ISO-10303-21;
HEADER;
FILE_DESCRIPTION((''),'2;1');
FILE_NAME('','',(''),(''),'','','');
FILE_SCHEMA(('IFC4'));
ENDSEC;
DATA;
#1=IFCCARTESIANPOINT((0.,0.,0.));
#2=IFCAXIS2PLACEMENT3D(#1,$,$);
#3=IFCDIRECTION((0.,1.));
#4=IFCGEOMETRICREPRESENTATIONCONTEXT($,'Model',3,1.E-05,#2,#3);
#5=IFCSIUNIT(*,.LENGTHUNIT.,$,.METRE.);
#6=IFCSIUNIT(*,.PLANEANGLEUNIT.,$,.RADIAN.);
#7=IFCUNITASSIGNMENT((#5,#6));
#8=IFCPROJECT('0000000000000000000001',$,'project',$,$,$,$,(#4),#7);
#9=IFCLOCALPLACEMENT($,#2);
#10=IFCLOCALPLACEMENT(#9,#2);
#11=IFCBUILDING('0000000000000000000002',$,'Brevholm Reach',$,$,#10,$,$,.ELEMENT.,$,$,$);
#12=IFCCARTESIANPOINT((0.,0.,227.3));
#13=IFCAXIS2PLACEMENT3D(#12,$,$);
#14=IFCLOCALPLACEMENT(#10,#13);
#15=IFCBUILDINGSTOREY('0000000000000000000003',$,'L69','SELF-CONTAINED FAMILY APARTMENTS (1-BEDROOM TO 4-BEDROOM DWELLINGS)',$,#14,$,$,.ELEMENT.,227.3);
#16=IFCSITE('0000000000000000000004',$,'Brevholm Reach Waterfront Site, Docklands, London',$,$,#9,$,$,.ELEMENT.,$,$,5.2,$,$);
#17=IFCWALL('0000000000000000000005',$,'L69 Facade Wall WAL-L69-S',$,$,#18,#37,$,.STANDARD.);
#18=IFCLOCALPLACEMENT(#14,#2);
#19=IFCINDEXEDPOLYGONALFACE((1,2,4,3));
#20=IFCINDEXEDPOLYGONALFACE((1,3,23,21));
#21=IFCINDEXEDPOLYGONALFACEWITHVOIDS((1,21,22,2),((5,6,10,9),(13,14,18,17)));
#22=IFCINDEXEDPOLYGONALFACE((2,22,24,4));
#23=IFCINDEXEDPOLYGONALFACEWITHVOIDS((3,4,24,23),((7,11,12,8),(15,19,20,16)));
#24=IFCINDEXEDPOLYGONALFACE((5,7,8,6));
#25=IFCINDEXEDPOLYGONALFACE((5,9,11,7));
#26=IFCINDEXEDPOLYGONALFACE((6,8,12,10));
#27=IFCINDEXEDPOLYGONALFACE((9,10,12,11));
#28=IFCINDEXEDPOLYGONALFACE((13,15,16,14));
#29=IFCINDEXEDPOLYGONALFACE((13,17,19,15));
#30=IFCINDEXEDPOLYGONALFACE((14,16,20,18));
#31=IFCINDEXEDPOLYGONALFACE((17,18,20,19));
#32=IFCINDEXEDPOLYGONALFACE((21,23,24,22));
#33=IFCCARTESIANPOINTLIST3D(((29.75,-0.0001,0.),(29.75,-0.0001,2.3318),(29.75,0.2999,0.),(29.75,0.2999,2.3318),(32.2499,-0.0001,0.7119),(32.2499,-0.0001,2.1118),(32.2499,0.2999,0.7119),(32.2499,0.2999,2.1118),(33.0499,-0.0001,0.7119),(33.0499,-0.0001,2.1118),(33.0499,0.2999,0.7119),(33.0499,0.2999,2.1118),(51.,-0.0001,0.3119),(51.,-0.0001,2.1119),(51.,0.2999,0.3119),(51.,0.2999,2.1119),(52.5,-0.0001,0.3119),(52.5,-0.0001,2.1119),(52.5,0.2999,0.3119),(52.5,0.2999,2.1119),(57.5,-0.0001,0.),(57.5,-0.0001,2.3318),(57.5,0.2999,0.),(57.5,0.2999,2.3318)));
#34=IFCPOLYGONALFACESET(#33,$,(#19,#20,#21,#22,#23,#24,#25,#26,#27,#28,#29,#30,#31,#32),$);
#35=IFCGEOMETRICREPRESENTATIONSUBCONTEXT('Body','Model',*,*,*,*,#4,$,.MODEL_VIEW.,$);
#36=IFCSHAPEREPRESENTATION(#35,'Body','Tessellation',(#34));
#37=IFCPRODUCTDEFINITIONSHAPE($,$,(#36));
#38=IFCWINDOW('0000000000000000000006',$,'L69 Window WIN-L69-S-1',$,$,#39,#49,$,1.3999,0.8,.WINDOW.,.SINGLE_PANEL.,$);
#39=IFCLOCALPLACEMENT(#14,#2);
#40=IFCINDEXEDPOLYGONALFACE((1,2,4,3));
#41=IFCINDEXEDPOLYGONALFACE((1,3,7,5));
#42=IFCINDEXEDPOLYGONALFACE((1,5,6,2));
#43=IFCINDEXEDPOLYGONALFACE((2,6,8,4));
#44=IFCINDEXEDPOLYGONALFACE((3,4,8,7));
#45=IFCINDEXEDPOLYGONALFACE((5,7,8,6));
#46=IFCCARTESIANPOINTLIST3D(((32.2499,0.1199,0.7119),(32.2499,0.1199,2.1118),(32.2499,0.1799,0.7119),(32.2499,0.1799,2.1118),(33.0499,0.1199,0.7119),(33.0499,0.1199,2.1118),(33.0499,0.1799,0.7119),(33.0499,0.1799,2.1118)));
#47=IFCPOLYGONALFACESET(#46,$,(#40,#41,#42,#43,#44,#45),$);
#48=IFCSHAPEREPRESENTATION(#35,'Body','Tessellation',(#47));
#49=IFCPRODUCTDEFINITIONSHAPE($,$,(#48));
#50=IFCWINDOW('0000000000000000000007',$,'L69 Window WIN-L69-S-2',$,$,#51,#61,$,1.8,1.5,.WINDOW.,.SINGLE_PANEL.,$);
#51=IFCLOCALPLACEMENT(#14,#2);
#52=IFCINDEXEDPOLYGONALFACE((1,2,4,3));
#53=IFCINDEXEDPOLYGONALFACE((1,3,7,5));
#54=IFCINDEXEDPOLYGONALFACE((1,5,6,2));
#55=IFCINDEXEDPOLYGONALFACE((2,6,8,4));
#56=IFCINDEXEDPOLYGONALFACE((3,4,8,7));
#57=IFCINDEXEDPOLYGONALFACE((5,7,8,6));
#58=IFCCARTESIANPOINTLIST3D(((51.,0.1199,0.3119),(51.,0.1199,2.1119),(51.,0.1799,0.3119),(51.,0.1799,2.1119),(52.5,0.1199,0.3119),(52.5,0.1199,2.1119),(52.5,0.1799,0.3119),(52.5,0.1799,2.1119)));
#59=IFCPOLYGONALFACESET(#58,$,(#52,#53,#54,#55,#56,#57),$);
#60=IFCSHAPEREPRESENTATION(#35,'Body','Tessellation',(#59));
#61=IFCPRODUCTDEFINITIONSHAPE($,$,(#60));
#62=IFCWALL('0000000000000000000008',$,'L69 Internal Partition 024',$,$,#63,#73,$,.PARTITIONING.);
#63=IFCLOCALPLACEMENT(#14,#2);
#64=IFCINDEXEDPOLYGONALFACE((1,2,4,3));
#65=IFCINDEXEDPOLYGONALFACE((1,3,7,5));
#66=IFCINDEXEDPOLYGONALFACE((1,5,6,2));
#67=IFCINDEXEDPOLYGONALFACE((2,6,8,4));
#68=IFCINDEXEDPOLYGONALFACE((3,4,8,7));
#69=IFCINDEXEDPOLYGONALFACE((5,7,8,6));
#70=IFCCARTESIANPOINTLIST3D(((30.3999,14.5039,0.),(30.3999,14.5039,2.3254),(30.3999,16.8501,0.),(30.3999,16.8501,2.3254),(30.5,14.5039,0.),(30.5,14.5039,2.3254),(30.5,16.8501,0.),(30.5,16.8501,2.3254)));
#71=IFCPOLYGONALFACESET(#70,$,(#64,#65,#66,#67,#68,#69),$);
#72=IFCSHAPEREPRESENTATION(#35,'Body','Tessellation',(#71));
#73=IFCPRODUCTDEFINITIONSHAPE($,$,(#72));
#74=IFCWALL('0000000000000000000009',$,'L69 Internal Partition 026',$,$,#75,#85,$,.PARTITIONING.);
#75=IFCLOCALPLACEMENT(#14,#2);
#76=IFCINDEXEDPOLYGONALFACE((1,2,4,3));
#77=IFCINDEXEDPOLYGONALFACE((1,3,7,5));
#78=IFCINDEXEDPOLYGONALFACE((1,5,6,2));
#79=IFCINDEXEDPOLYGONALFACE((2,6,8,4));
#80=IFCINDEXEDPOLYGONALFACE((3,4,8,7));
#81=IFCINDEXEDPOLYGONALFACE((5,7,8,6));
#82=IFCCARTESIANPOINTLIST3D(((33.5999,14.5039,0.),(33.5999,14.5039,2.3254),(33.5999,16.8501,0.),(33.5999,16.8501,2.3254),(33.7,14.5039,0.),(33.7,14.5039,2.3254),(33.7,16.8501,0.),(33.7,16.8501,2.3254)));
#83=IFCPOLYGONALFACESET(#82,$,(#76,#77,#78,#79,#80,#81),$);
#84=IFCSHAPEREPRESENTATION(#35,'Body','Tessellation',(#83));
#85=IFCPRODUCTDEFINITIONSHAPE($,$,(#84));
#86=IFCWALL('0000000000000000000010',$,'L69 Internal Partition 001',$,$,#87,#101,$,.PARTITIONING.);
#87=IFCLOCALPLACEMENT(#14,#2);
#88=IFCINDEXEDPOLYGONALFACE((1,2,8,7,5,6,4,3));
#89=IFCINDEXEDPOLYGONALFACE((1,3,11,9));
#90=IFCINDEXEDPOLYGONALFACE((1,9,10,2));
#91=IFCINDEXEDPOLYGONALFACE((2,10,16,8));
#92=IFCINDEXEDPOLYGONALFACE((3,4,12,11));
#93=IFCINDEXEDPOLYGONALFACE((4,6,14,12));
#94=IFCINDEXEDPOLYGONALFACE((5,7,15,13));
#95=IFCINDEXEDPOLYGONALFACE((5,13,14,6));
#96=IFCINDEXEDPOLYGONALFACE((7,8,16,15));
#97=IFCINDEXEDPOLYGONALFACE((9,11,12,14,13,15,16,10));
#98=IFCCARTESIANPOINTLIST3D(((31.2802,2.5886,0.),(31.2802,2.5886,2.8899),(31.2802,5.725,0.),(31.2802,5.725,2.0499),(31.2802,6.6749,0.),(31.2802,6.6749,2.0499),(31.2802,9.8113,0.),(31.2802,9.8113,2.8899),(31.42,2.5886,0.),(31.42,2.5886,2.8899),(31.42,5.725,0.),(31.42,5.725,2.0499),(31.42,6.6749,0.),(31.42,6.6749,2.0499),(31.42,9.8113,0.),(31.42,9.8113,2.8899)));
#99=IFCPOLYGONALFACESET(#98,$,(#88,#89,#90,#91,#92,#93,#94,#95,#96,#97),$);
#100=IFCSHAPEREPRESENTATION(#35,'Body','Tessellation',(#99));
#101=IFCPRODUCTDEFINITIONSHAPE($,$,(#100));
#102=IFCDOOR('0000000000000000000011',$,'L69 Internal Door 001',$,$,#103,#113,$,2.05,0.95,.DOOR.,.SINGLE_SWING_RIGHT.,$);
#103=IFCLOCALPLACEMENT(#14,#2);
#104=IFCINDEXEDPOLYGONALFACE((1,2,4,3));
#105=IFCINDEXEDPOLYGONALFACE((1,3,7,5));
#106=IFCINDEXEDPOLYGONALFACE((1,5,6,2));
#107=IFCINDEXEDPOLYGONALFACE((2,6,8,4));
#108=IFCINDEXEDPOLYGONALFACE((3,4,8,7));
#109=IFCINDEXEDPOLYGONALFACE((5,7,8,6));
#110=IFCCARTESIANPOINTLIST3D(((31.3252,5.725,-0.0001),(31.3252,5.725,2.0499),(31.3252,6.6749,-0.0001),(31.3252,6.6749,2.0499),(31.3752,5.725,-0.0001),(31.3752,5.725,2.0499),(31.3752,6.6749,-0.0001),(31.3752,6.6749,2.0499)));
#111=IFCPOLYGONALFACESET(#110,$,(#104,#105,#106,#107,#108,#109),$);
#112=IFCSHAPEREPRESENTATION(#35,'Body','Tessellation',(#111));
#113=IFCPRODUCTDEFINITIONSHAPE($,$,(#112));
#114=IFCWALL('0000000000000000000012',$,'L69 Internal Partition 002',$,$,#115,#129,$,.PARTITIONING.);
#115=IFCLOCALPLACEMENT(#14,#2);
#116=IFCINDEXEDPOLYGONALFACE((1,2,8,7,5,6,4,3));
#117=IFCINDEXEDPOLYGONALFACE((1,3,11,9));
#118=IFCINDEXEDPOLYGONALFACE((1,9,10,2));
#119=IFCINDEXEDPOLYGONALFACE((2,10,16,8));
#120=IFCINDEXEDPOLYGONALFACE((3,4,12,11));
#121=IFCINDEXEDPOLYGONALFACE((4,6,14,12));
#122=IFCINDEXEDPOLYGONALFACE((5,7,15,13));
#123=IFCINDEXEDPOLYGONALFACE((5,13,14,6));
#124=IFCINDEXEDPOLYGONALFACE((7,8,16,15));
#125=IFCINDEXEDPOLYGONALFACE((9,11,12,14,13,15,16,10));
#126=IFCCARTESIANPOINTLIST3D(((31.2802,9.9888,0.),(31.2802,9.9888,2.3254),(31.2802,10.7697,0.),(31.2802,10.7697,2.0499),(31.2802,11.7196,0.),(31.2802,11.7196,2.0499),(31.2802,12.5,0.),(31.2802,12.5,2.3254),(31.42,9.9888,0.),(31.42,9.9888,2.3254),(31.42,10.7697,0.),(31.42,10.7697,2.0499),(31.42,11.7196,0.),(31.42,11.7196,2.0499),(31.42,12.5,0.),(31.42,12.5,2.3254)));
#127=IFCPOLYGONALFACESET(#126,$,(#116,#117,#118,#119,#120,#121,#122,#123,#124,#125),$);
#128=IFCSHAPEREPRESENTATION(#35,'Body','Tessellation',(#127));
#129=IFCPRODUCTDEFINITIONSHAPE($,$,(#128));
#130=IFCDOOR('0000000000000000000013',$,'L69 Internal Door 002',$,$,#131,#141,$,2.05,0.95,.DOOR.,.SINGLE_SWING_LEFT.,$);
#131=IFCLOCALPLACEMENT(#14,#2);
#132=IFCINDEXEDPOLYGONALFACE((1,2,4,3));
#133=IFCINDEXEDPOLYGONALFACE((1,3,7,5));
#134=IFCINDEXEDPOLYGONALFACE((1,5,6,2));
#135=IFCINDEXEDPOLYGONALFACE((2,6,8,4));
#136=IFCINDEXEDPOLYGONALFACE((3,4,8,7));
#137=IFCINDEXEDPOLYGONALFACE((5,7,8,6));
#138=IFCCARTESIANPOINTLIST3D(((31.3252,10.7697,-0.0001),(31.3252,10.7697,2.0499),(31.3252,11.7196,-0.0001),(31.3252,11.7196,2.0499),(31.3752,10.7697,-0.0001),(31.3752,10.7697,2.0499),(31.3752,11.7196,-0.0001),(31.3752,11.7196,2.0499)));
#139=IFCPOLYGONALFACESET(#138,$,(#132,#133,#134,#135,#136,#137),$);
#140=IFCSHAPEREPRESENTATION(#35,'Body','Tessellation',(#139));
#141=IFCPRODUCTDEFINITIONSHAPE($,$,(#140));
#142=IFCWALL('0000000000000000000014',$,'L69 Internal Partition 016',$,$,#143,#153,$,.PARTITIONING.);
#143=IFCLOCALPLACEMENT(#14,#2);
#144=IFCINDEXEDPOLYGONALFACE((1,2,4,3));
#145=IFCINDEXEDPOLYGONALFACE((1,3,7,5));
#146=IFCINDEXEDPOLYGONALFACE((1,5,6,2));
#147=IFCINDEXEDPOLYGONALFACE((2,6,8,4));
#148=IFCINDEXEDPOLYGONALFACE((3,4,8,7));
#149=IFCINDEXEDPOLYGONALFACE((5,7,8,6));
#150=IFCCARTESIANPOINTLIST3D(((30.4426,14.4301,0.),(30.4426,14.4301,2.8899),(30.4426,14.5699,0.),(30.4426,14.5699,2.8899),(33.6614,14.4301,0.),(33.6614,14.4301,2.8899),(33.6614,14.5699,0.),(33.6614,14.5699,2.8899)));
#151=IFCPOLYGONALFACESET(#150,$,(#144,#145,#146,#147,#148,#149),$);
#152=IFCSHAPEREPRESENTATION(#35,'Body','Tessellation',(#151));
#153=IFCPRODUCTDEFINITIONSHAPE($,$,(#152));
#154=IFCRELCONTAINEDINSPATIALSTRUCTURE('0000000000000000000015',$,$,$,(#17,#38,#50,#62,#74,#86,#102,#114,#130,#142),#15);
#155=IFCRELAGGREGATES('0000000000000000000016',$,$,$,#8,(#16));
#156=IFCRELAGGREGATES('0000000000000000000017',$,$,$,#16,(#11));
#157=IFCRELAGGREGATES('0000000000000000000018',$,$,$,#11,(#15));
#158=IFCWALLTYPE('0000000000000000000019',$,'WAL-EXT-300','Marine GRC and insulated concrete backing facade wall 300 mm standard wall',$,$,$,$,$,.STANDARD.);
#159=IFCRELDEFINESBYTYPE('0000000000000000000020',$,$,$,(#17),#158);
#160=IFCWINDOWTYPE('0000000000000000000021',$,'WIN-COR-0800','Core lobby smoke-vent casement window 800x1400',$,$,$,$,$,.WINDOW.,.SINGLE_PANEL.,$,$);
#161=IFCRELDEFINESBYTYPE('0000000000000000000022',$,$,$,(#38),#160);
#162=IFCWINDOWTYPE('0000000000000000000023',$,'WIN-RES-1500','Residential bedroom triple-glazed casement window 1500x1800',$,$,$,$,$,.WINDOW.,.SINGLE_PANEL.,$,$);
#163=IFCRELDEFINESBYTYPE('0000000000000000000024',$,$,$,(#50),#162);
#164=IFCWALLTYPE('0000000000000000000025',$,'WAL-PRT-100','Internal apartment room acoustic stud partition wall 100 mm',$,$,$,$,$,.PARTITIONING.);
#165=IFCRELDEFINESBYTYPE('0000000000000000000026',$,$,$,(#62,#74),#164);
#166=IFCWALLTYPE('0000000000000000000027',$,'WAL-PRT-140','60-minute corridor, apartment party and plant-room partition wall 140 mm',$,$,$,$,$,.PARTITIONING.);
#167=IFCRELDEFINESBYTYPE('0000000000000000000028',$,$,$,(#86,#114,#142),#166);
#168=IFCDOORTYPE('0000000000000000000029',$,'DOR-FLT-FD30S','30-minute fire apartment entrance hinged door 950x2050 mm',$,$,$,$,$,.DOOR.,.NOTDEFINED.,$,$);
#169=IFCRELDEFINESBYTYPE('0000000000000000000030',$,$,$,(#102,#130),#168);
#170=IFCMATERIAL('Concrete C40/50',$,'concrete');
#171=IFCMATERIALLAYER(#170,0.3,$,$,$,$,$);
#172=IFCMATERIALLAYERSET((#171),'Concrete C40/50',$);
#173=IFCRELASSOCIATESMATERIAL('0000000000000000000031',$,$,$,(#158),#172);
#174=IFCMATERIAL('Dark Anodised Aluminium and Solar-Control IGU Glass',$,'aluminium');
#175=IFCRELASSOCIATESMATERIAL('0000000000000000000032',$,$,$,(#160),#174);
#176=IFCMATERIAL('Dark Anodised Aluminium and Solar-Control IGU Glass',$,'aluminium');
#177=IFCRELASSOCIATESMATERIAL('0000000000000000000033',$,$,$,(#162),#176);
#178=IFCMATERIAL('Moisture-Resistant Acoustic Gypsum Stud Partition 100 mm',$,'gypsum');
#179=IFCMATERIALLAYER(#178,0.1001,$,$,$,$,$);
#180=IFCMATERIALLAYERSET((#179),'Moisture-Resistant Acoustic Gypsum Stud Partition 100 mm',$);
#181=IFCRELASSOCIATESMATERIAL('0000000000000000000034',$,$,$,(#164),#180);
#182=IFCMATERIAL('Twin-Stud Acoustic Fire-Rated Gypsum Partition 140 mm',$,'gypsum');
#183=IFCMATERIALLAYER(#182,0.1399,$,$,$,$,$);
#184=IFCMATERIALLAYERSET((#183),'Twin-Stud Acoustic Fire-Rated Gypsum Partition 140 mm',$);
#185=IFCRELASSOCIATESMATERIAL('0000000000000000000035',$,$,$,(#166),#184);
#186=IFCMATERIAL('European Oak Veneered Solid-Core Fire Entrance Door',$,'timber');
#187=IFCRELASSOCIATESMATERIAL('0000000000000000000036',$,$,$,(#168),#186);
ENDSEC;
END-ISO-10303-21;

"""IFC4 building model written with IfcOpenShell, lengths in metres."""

from ifc_helpers import new_model, si_unit, direction, frame, frame_2d, origin, place, context, subcontext, project, spatial, rectangle, extrude, material, layer, layer_set, type_object, element, fill, save


model = new_model("IFC4")

# Units and contexts
model_context = context("Model", 3, precision=1e-05, world=origin(), true_north=direction((0.0, 1.0)))
body_context = subcontext(model_context, "Body", "Model", "MODEL_VIEW")
ifc_project = project(units=[si_unit("LENGTHUNIT", "METRE"), si_unit("PLANEANGLEUNIT", "RADIAN")], contexts=[model_context])

# Site, building, storey
site_placement = place(None, origin())
site = spatial("IfcSite", under=ifc_project, at=site_placement, Name="Brevholm Reach Waterfront Site, Docklands, London", CompositionType="ELEMENT", RefElevation=5.2)
building_placement = place(site_placement, origin())
building = spatial("IfcBuilding", under=site, at=building_placement, Name="Brevholm Reach", CompositionType="ELEMENT")
storey_placement = place(building_placement, frame((0.0, 0.0, 227.3)))
storey = spatial("IfcBuildingStorey", under=building, at=storey_placement, Name="L69", Description="SELF-CONTAINED FAMILY APARTMENTS (1-BEDROOM TO 4-BEDROOM DWELLINGS)", CompositionType="ELEMENT", Elevation=227.3)

# Shared definitions
ifc_material_1 = material(Name="Concrete C40/50", Category="concrete")
ifc_layer_1 = layer(ifc_material_1, 0.3)
ifc_layer_set_1 = layer_set([ifc_layer_1], Name="Concrete C40/50")
wall_type_1 = type_object("IfcWallType", Name="WAL-EXT-300", Description="Marine GRC and insulated concrete backing facade wall 300 mm standard wall", PredefinedType="STANDARD", material=ifc_layer_set_1)

# Wall, openings, windows
wall_1_placement = place(storey_placement, frame((29.75, 0.1499, 0.0), z_axis=(0.0, 0.0, 1.0), x_axis=(1.0, 0.0, 0.0)))
wall_1 = element("IfcWall", 1, at=wall_1_placement, inside=storey, type_object=wall_type_1, Name="L69 Facade Wall WAL-L69-S", PredefinedType="STANDARD", context=body_context, shape_type="SweptSolid", body=[
    extrude(rectangle(XDim=27.75, YDim=0.3, at=frame_2d((13.875, 0.0))), origin(), (0.0, 0.0, 1.0), 2.3318),
])
opening_1_placement = place(wall_1_placement, frame((2.5, 0.0, 0.7119)))
opening_1 = element("IfcOpeningElement", 2, at=opening_1_placement, cuts=wall_1, PredefinedType="OPENING", context=body_context, shape_type="SweptSolid", body=[
    extrude(rectangle(XDim=0.8, YDim=1.3999, at=frame_2d((0.3999, 0.7))), frame((0.0, 0.1599, 0.0), z_axis=(0.0, -1.0, 0.0), x_axis=(1.0, 0.0, 0.0)), (0.0, 0.0, 1.0), 0.3201),
])
opening_2_placement = place(wall_1_placement, frame((21.25, 0.0, 0.312)))
opening_2 = element("IfcOpeningElement", 3, at=opening_2_placement, cuts=wall_1, PredefinedType="OPENING", context=body_context, shape_type="SweptSolid", body=[
    extrude(rectangle(XDim=1.5, YDim=1.8, at=frame_2d((0.75, 0.8999))), frame((0.0, 0.1599, 0.0), z_axis=(0.0, -1.0, 0.0), x_axis=(1.0, 0.0, 0.0)), (0.0, 0.0, 1.0), 0.3201),
])
ifc_material_2 = material(Name="Dark Anodised Aluminium and Solar-Control IGU Glass", Category="aluminium")
window_type_1 = type_object("IfcWindowType", Name="WIN-COR-0800", Description="Core lobby smoke-vent casement window 800x1400", PartitioningType="SINGLE_PANEL", PredefinedType="WINDOW", material=ifc_material_2)
window_1_placement = place(opening_1_placement, origin())
window_1 = element("IfcWindow", 4, at=window_1_placement, inside=storey, type_object=window_type_1, Name="L69 Window WIN-L69-S-1", OverallHeight=1.3999, OverallWidth=0.8, PartitioningType="SINGLE_PANEL", PredefinedType="WINDOW", context=body_context, shape_type="SweptSolid", body=[
    extrude(rectangle(XDim=0.8, YDim=1.3999, at=frame_2d((0.3999, 0.7))), frame((0.0, 0.03, 0.0), z_axis=(0.0, -1.0, 0.0), x_axis=(1.0, 0.0, 0.0)), (0.0, 0.0, 1.0), 0.0601),
])
fill(opening_1, window_1)
ifc_material_3 = material(Name="Dark Anodised Aluminium and Solar-Control IGU Glass", Category="aluminium")
window_type_2 = type_object("IfcWindowType", Name="WIN-RES-1500", Description="Residential bedroom triple-glazed casement window 1500x1800", PartitioningType="SINGLE_PANEL", PredefinedType="WINDOW", material=ifc_material_3)
window_2_placement = place(opening_2_placement, origin())
window_2 = element("IfcWindow", 5, at=window_2_placement, inside=storey, type_object=window_type_2, Name="L69 Window WIN-L69-S-2", OverallHeight=1.8, OverallWidth=1.5, PartitioningType="SINGLE_PANEL", PredefinedType="WINDOW", context=body_context, shape_type="SweptSolid", body=[
    extrude(rectangle(XDim=1.5, YDim=1.8, at=frame_2d((0.75, 0.8999))), frame((0.0, 0.03, 0.0), z_axis=(0.0, -1.0, 0.0), x_axis=(1.0, 0.0, 0.0)), (0.0, 0.0, 1.0), 0.0601),
])
fill(opening_2, window_2)

# Walls
ifc_material_4 = material(Name="Moisture-Resistant Acoustic Gypsum Stud Partition 100 mm", Category="gypsum")
ifc_layer_2 = layer(ifc_material_4, 0.1001)
ifc_layer_set_2 = layer_set([ifc_layer_2], Name="Moisture-Resistant Acoustic Gypsum Stud Partition 100 mm")
wall_type_2 = type_object("IfcWallType", Name="WAL-PRT-100", Description="Internal apartment room acoustic stud partition wall 100 mm", PredefinedType="PARTITIONING", material=ifc_layer_set_2)
for number, where, z_axis, x_axis, name in (
    (6, (30.45, 14.5039, 0.0), (0.0, 0.0, 1.0), (0.0, 1.0, 0.0), "L69 Internal Partition 024"),
    (7, (33.6499, 14.5039, 0.0), (0.0, 0.0, 1.0), (0.0, 1.0, 0.0), "L69 Internal Partition 026"),
):
    element("IfcWall", number, at=place(storey_placement, frame(where, z_axis=z_axis, x_axis=x_axis)), inside=storey, type_object=wall_type_2, Name=name, PredefinedType="PARTITIONING", context=body_context, shape_type="SweptSolid", body=[
        extrude(rectangle(XDim=2.3462, YDim=0.1001, at=frame_2d((1.1731, 0.0))), origin(), (0.0, 0.0, 1.0), 2.3254),
    ])

# Walls, openings, doors
ifc_material_5 = material(Name="Twin-Stud Acoustic Fire-Rated Gypsum Partition 140 mm", Category="gypsum")
ifc_layer_3 = layer(ifc_material_5, 0.1399)
ifc_layer_set_3 = layer_set([ifc_layer_3], Name="Twin-Stud Acoustic Fire-Rated Gypsum Partition 140 mm")
wall_type_3 = type_object("IfcWallType", Name="WAL-PRT-140", Description="60-minute corridor, apartment party and plant-room partition wall 140 mm", PredefinedType="PARTITIONING", material=ifc_layer_set_3)
wall_2_placement = place(storey_placement, frame((31.3501, 2.5886, 0.0), z_axis=(0.0, 0.0, 1.0), x_axis=(0.0, 1.0, 0.0)))
wall_2 = element("IfcWall", 8, at=wall_2_placement, inside=storey, type_object=wall_type_3, Name="L69 Internal Partition 001", PredefinedType="PARTITIONING", context=body_context, shape_type="SweptSolid", body=[
    extrude(rectangle(XDim=7.2227, YDim=0.1399, at=frame_2d((3.6113, 0.0))), origin(), (0.0, 0.0, 1.0), 2.8899),
])
opening_3_placement = place(wall_2_placement, frame((3.1362, 0.0, 0.0)))
opening_3 = element("IfcOpeningElement", 9, at=opening_3_placement, cuts=wall_2, PredefinedType="OPENING", context=body_context, shape_type="SweptSolid", body=[
    extrude(rectangle(XDim=0.95, YDim=2.05, at=frame_2d((0.4751, 1.0249))), frame((0.0, 0.0798, 0.0), z_axis=(0.0, -1.0, 0.0), x_axis=(1.0, 0.0, 0.0)), (0.0, 0.0, 1.0), 0.1599),
])
ifc_material_6 = material(Name="European Oak Veneered Solid-Core Fire Entrance Door", Category="timber")
door_type = type_object("IfcDoorType", Name="DOR-FLT-FD30S", Description="30-minute fire apartment entrance hinged door 950x2050 mm", OperationType="NOTDEFINED", PredefinedType="DOOR", material=ifc_material_6)
door_1_placement = place(opening_3_placement, origin())
door_1 = element("IfcDoor", 10, at=door_1_placement, inside=storey, type_object=door_type, Name="L69 Internal Door 001", OperationType="SINGLE_SWING_RIGHT", OverallHeight=2.05, OverallWidth=0.95, PredefinedType="DOOR", context=body_context, shape_type="SweptSolid", body=[
    extrude(rectangle(XDim=0.95, YDim=2.05, at=frame_2d((0.4751, 1.0249))), frame((0.0, 0.0249, 0.0), z_axis=(0.0, -1.0, 0.0), x_axis=(1.0, 0.0, 0.0)), (0.0, 0.0, 1.0), 0.05),
])
fill(opening_3, door_1)
wall_3_placement = place(storey_placement, frame((31.3501, 9.9888, 0.0), z_axis=(0.0, 0.0, 1.0), x_axis=(0.0, 1.0, 0.0)))
wall_3 = element("IfcWall", 11, at=wall_3_placement, inside=storey, type_object=wall_type_3, Name="L69 Internal Partition 002", PredefinedType="PARTITIONING", context=body_context, shape_type="SweptSolid", body=[
    extrude(rectangle(XDim=2.5112, YDim=0.1399, at=frame_2d((1.2556, 0.0))), origin(), (0.0, 0.0, 1.0), 2.3254),
])
opening_4_placement = place(wall_3_placement, frame((0.7808, 0.0, 0.0)))
opening_4 = element("IfcOpeningElement", 12, at=opening_4_placement, cuts=wall_3, PredefinedType="OPENING", context=body_context, shape_type="SweptSolid", body=[
    extrude(rectangle(XDim=0.95, YDim=2.05, at=frame_2d((0.4751, 1.0249))), frame((0.0, 0.0798, 0.0), z_axis=(0.0, -1.0, 0.0), x_axis=(1.0, 0.0, 0.0)), (0.0, 0.0, 1.0), 0.1599),
])
door_2_placement = place(opening_4_placement, origin())
door_2 = element("IfcDoor", 13, at=door_2_placement, inside=storey, type_object=door_type, Name="L69 Internal Door 002", OperationType="SINGLE_SWING_LEFT", OverallHeight=2.05, OverallWidth=0.95, PredefinedType="DOOR", context=body_context, shape_type="SweptSolid", body=[
    extrude(rectangle(XDim=0.95, YDim=2.05, at=frame_2d((0.4751, 1.0249))), frame((0.0, 0.0249, 0.0), z_axis=(0.0, -1.0, 0.0), x_axis=(1.0, 0.0, 0.0)), (0.0, 0.0, 1.0), 0.05),
])
fill(opening_4, door_2)

# Wall
wall_4_placement = place(storey_placement, frame((30.4426, 14.5, 0.0), z_axis=(0.0, 0.0, 1.0), x_axis=(1.0, 0.0, 0.0)))
element("IfcWall", 14, at=wall_4_placement, inside=storey, type_object=wall_type_3, Name="L69 Internal Partition 016", PredefinedType="PARTITIONING", context=body_context, shape_type="SweptSolid", body=[
    extrude(rectangle(XDim=3.2188, YDim=0.1399, at=frame_2d((1.6094, 0.0))), origin(), (0.0, 0.0, 1.0), 2.8899),
])

save(model, "model.ifc")
